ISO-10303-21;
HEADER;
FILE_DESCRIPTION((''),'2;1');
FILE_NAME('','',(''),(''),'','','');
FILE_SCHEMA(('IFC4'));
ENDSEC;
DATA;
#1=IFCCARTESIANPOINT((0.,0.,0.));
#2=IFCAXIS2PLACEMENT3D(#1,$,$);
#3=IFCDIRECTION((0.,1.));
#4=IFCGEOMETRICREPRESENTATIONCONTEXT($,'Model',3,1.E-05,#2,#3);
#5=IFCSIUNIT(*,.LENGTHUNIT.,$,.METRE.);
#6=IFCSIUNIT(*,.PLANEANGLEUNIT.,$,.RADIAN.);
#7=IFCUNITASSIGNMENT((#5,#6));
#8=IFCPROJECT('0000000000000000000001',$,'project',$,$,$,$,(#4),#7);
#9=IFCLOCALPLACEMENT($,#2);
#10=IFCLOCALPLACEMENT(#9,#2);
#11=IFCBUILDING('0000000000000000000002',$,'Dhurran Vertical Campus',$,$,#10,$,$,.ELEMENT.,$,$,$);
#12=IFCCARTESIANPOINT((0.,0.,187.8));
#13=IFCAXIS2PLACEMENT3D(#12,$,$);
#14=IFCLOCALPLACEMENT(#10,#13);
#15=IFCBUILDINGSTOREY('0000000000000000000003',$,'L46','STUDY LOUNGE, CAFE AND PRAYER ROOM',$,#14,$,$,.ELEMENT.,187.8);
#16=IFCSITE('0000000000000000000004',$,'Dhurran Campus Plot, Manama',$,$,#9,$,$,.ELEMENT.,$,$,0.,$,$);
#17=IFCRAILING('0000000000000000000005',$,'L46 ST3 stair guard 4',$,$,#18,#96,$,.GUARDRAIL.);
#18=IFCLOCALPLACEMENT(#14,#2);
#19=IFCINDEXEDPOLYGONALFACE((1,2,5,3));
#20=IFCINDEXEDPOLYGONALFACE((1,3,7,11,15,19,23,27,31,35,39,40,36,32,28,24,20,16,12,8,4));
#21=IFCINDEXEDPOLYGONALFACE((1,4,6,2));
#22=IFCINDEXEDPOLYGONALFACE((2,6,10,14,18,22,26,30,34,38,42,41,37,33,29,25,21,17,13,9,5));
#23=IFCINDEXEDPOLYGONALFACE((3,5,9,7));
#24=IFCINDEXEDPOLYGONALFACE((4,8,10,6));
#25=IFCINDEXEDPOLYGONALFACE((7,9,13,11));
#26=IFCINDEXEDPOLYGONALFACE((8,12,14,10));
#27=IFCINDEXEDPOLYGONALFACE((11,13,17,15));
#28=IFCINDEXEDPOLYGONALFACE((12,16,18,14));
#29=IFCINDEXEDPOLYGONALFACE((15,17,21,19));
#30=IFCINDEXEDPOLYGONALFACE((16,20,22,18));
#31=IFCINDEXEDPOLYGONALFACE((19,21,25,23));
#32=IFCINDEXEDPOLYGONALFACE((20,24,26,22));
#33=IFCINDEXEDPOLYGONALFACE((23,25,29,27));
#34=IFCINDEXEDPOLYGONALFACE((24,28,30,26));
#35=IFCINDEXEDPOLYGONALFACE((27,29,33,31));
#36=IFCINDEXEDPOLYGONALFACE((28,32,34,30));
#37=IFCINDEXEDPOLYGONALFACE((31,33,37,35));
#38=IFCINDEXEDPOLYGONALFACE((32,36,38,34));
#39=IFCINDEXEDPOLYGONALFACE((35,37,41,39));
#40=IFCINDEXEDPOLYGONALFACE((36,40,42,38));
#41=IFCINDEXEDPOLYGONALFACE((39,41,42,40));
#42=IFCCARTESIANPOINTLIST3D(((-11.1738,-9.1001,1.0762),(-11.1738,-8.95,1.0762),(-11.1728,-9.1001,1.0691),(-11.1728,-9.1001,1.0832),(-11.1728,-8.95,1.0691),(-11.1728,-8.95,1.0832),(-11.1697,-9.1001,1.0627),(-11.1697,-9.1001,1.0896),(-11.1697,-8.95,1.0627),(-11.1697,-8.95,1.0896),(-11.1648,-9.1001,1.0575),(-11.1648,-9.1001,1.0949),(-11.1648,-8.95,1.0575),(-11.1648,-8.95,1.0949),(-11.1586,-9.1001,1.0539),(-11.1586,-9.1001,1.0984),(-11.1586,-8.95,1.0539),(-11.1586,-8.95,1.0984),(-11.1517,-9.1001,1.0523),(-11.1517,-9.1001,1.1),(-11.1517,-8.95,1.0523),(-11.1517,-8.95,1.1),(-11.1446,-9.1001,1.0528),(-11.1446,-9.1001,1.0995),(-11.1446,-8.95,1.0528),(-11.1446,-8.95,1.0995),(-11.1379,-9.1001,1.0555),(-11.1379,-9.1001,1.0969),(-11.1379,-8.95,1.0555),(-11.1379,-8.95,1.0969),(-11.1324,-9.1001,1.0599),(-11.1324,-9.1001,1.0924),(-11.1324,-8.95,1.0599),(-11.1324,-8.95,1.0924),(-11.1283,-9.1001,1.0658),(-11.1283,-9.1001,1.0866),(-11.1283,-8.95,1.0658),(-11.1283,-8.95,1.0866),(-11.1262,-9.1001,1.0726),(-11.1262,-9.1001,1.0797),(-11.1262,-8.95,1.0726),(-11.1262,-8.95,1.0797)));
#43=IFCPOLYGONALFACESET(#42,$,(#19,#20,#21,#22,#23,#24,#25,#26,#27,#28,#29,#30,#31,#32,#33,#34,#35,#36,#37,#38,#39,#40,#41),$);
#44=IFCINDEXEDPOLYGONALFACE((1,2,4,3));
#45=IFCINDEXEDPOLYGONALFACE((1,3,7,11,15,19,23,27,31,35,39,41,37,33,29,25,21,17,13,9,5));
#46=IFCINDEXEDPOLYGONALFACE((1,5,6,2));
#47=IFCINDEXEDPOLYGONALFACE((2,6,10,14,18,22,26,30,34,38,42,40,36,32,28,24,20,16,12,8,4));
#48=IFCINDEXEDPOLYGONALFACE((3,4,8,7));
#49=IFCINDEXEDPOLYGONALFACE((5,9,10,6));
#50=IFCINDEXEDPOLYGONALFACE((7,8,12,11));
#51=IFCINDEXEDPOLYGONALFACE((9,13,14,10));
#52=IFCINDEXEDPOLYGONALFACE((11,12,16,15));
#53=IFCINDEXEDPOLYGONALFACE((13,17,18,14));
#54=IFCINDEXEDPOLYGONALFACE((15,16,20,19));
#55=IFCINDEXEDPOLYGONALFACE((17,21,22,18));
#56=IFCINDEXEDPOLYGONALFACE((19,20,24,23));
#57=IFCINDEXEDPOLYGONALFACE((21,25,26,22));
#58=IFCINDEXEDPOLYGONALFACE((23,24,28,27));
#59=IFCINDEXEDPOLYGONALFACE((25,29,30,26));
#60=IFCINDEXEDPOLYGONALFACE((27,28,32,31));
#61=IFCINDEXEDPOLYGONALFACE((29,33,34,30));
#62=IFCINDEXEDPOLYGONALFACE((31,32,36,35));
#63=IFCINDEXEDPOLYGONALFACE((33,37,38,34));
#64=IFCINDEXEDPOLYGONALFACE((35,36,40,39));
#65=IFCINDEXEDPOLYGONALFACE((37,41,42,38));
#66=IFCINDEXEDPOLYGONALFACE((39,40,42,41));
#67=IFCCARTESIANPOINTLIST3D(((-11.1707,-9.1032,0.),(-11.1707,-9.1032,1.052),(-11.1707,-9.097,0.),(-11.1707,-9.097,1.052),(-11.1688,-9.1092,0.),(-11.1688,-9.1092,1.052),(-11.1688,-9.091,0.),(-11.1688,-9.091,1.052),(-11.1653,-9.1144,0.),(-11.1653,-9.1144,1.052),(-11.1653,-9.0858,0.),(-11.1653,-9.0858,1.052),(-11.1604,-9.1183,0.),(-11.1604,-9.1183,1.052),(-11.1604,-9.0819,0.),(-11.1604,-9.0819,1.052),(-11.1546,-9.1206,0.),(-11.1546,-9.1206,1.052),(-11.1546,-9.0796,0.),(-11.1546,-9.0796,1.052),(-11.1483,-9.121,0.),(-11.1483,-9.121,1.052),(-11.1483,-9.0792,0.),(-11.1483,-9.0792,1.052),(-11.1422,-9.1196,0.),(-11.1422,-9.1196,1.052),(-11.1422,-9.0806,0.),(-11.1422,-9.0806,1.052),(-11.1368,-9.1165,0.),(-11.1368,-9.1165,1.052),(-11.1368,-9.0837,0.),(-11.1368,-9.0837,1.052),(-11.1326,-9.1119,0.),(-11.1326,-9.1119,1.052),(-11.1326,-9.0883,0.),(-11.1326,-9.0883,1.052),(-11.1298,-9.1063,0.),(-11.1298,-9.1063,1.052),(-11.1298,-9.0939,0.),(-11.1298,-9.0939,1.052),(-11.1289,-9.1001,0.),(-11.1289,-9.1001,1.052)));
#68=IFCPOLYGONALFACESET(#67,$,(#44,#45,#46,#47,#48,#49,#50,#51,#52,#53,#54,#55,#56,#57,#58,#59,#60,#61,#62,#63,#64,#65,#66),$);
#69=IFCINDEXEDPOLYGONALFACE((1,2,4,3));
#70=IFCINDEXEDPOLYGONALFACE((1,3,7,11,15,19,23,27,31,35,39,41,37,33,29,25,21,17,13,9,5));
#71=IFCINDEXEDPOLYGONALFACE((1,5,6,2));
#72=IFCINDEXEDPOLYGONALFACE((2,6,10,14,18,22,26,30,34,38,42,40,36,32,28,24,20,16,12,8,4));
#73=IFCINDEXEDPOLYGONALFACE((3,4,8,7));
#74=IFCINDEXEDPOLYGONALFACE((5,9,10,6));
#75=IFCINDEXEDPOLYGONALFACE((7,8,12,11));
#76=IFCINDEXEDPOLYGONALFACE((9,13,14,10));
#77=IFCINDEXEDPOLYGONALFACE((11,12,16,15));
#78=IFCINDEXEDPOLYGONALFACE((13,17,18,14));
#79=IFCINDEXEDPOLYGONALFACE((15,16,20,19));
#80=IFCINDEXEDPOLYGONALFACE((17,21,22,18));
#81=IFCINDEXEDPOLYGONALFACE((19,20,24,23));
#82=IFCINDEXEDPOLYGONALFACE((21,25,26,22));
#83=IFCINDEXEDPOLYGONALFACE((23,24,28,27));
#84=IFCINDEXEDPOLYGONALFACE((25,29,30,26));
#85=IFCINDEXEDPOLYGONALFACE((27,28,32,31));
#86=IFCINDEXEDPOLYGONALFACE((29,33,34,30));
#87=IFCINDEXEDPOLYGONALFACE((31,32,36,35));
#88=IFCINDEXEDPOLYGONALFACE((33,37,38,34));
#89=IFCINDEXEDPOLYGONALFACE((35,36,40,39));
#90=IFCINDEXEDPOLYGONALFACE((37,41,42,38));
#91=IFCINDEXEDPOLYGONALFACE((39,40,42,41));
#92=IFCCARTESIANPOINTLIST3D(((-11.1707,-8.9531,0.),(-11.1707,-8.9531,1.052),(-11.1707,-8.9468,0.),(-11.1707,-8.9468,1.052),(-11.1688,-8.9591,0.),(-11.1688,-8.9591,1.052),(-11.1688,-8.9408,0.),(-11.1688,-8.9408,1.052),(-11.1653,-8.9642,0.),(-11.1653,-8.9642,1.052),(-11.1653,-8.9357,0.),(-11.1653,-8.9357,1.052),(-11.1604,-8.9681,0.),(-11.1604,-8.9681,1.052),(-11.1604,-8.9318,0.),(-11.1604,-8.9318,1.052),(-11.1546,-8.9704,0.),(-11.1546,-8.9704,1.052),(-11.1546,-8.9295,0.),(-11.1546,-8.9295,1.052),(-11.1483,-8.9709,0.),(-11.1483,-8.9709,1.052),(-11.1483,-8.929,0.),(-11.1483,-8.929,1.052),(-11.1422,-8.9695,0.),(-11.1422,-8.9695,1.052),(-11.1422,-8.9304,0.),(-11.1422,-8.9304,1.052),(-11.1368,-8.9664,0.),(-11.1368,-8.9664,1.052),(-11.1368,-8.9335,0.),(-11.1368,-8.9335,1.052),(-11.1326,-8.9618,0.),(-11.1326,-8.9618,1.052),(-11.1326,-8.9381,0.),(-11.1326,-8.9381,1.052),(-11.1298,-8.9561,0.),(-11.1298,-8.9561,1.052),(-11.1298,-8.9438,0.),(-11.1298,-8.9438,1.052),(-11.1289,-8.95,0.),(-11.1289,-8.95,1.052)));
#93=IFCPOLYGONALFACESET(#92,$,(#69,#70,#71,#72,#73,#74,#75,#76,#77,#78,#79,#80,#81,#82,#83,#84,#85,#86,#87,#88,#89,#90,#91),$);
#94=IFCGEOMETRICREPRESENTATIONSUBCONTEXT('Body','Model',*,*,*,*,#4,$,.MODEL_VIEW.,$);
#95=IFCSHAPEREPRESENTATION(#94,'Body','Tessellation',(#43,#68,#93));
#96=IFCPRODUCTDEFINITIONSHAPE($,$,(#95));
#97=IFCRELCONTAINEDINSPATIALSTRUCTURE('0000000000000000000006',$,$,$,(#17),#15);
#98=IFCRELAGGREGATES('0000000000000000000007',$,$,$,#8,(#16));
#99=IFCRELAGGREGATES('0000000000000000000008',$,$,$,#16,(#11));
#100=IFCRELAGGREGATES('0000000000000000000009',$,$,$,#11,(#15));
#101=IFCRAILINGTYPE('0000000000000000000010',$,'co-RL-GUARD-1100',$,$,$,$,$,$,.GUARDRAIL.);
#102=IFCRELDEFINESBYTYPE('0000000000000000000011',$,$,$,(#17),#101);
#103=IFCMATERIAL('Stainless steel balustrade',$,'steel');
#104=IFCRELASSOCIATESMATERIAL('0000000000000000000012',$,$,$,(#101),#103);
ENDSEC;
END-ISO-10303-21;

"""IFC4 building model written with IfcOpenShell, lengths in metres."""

from ifc_helpers import new_model, si_unit, direction, frame, origin, origin_2d, place, context, subcontext, project, spatial, circle, extrude, material, type_object, element, save


model = new_model("IFC4")

# Units and contexts
model_context = context("Model", 3, precision=1e-05, world=origin(), true_north=direction((0.0, 1.0)))
body_context = subcontext(model_context, "Body", "Model", "MODEL_VIEW")
ifc_project = project(units=[si_unit("LENGTHUNIT", "METRE"), si_unit("PLANEANGLEUNIT", "RADIAN")], contexts=[model_context])

# Site, building, storey
site_placement = place(None, origin())
site = spatial("IfcSite", under=ifc_project, at=site_placement, Name="Dhurran Campus Plot, Manama", CompositionType="ELEMENT", RefElevation=0.0)
building_placement = place(site_placement, origin())
building = spatial("IfcBuilding", under=site, at=building_placement, Name="Dhurran Vertical Campus", CompositionType="ELEMENT")
storey_placement = place(building_placement, frame((0.0, 0.0, 187.8)))
storey = spatial("IfcBuildingStorey", under=building, at=storey_placement, Name="L46", Description="STUDY LOUNGE, CAFE AND PRAYER ROOM", CompositionType="ELEMENT", Elevation=187.8)

# Railing
ifc_material_1 = material(Name="Stainless steel balustrade", Category="steel")
railing_type_1 = type_object("IfcRailingType", Name="co-RL-GUARD-1100", PredefinedType="GUARDRAIL", material=ifc_material_1)
railing_1_placement = place(storey_placement, frame((-11.1499, -9.1001, 0.0)))
element("IfcRailing", 1, at=railing_1_placement, inside=storey, type_object=railing_type_1, Name="L46 ST3 stair guard 4", PredefinedType="GUARDRAIL", context=body_context, shape_type="SweptSolid", body=[
    extrude(circle(Radius=0.0239, at=origin_2d()), frame((0.0, 0.0, 1.0762), z_axis=(0.0, 1.0, 0.0), x_axis=(-1.0, 0.0, 0.0)), (0.0, 0.0, 1.0), 0.1501),
    extrude(circle(Radius=0.021, at=origin_2d()), origin(), (0.0, 0.0, 1.0), 1.052),
    extrude(circle(Radius=0.021, at=origin_2d()), frame((0.0, 0.1501, 0.0)), (0.0, 0.0, 1.0), 1.052),
])

save(model, "model.ifc")
